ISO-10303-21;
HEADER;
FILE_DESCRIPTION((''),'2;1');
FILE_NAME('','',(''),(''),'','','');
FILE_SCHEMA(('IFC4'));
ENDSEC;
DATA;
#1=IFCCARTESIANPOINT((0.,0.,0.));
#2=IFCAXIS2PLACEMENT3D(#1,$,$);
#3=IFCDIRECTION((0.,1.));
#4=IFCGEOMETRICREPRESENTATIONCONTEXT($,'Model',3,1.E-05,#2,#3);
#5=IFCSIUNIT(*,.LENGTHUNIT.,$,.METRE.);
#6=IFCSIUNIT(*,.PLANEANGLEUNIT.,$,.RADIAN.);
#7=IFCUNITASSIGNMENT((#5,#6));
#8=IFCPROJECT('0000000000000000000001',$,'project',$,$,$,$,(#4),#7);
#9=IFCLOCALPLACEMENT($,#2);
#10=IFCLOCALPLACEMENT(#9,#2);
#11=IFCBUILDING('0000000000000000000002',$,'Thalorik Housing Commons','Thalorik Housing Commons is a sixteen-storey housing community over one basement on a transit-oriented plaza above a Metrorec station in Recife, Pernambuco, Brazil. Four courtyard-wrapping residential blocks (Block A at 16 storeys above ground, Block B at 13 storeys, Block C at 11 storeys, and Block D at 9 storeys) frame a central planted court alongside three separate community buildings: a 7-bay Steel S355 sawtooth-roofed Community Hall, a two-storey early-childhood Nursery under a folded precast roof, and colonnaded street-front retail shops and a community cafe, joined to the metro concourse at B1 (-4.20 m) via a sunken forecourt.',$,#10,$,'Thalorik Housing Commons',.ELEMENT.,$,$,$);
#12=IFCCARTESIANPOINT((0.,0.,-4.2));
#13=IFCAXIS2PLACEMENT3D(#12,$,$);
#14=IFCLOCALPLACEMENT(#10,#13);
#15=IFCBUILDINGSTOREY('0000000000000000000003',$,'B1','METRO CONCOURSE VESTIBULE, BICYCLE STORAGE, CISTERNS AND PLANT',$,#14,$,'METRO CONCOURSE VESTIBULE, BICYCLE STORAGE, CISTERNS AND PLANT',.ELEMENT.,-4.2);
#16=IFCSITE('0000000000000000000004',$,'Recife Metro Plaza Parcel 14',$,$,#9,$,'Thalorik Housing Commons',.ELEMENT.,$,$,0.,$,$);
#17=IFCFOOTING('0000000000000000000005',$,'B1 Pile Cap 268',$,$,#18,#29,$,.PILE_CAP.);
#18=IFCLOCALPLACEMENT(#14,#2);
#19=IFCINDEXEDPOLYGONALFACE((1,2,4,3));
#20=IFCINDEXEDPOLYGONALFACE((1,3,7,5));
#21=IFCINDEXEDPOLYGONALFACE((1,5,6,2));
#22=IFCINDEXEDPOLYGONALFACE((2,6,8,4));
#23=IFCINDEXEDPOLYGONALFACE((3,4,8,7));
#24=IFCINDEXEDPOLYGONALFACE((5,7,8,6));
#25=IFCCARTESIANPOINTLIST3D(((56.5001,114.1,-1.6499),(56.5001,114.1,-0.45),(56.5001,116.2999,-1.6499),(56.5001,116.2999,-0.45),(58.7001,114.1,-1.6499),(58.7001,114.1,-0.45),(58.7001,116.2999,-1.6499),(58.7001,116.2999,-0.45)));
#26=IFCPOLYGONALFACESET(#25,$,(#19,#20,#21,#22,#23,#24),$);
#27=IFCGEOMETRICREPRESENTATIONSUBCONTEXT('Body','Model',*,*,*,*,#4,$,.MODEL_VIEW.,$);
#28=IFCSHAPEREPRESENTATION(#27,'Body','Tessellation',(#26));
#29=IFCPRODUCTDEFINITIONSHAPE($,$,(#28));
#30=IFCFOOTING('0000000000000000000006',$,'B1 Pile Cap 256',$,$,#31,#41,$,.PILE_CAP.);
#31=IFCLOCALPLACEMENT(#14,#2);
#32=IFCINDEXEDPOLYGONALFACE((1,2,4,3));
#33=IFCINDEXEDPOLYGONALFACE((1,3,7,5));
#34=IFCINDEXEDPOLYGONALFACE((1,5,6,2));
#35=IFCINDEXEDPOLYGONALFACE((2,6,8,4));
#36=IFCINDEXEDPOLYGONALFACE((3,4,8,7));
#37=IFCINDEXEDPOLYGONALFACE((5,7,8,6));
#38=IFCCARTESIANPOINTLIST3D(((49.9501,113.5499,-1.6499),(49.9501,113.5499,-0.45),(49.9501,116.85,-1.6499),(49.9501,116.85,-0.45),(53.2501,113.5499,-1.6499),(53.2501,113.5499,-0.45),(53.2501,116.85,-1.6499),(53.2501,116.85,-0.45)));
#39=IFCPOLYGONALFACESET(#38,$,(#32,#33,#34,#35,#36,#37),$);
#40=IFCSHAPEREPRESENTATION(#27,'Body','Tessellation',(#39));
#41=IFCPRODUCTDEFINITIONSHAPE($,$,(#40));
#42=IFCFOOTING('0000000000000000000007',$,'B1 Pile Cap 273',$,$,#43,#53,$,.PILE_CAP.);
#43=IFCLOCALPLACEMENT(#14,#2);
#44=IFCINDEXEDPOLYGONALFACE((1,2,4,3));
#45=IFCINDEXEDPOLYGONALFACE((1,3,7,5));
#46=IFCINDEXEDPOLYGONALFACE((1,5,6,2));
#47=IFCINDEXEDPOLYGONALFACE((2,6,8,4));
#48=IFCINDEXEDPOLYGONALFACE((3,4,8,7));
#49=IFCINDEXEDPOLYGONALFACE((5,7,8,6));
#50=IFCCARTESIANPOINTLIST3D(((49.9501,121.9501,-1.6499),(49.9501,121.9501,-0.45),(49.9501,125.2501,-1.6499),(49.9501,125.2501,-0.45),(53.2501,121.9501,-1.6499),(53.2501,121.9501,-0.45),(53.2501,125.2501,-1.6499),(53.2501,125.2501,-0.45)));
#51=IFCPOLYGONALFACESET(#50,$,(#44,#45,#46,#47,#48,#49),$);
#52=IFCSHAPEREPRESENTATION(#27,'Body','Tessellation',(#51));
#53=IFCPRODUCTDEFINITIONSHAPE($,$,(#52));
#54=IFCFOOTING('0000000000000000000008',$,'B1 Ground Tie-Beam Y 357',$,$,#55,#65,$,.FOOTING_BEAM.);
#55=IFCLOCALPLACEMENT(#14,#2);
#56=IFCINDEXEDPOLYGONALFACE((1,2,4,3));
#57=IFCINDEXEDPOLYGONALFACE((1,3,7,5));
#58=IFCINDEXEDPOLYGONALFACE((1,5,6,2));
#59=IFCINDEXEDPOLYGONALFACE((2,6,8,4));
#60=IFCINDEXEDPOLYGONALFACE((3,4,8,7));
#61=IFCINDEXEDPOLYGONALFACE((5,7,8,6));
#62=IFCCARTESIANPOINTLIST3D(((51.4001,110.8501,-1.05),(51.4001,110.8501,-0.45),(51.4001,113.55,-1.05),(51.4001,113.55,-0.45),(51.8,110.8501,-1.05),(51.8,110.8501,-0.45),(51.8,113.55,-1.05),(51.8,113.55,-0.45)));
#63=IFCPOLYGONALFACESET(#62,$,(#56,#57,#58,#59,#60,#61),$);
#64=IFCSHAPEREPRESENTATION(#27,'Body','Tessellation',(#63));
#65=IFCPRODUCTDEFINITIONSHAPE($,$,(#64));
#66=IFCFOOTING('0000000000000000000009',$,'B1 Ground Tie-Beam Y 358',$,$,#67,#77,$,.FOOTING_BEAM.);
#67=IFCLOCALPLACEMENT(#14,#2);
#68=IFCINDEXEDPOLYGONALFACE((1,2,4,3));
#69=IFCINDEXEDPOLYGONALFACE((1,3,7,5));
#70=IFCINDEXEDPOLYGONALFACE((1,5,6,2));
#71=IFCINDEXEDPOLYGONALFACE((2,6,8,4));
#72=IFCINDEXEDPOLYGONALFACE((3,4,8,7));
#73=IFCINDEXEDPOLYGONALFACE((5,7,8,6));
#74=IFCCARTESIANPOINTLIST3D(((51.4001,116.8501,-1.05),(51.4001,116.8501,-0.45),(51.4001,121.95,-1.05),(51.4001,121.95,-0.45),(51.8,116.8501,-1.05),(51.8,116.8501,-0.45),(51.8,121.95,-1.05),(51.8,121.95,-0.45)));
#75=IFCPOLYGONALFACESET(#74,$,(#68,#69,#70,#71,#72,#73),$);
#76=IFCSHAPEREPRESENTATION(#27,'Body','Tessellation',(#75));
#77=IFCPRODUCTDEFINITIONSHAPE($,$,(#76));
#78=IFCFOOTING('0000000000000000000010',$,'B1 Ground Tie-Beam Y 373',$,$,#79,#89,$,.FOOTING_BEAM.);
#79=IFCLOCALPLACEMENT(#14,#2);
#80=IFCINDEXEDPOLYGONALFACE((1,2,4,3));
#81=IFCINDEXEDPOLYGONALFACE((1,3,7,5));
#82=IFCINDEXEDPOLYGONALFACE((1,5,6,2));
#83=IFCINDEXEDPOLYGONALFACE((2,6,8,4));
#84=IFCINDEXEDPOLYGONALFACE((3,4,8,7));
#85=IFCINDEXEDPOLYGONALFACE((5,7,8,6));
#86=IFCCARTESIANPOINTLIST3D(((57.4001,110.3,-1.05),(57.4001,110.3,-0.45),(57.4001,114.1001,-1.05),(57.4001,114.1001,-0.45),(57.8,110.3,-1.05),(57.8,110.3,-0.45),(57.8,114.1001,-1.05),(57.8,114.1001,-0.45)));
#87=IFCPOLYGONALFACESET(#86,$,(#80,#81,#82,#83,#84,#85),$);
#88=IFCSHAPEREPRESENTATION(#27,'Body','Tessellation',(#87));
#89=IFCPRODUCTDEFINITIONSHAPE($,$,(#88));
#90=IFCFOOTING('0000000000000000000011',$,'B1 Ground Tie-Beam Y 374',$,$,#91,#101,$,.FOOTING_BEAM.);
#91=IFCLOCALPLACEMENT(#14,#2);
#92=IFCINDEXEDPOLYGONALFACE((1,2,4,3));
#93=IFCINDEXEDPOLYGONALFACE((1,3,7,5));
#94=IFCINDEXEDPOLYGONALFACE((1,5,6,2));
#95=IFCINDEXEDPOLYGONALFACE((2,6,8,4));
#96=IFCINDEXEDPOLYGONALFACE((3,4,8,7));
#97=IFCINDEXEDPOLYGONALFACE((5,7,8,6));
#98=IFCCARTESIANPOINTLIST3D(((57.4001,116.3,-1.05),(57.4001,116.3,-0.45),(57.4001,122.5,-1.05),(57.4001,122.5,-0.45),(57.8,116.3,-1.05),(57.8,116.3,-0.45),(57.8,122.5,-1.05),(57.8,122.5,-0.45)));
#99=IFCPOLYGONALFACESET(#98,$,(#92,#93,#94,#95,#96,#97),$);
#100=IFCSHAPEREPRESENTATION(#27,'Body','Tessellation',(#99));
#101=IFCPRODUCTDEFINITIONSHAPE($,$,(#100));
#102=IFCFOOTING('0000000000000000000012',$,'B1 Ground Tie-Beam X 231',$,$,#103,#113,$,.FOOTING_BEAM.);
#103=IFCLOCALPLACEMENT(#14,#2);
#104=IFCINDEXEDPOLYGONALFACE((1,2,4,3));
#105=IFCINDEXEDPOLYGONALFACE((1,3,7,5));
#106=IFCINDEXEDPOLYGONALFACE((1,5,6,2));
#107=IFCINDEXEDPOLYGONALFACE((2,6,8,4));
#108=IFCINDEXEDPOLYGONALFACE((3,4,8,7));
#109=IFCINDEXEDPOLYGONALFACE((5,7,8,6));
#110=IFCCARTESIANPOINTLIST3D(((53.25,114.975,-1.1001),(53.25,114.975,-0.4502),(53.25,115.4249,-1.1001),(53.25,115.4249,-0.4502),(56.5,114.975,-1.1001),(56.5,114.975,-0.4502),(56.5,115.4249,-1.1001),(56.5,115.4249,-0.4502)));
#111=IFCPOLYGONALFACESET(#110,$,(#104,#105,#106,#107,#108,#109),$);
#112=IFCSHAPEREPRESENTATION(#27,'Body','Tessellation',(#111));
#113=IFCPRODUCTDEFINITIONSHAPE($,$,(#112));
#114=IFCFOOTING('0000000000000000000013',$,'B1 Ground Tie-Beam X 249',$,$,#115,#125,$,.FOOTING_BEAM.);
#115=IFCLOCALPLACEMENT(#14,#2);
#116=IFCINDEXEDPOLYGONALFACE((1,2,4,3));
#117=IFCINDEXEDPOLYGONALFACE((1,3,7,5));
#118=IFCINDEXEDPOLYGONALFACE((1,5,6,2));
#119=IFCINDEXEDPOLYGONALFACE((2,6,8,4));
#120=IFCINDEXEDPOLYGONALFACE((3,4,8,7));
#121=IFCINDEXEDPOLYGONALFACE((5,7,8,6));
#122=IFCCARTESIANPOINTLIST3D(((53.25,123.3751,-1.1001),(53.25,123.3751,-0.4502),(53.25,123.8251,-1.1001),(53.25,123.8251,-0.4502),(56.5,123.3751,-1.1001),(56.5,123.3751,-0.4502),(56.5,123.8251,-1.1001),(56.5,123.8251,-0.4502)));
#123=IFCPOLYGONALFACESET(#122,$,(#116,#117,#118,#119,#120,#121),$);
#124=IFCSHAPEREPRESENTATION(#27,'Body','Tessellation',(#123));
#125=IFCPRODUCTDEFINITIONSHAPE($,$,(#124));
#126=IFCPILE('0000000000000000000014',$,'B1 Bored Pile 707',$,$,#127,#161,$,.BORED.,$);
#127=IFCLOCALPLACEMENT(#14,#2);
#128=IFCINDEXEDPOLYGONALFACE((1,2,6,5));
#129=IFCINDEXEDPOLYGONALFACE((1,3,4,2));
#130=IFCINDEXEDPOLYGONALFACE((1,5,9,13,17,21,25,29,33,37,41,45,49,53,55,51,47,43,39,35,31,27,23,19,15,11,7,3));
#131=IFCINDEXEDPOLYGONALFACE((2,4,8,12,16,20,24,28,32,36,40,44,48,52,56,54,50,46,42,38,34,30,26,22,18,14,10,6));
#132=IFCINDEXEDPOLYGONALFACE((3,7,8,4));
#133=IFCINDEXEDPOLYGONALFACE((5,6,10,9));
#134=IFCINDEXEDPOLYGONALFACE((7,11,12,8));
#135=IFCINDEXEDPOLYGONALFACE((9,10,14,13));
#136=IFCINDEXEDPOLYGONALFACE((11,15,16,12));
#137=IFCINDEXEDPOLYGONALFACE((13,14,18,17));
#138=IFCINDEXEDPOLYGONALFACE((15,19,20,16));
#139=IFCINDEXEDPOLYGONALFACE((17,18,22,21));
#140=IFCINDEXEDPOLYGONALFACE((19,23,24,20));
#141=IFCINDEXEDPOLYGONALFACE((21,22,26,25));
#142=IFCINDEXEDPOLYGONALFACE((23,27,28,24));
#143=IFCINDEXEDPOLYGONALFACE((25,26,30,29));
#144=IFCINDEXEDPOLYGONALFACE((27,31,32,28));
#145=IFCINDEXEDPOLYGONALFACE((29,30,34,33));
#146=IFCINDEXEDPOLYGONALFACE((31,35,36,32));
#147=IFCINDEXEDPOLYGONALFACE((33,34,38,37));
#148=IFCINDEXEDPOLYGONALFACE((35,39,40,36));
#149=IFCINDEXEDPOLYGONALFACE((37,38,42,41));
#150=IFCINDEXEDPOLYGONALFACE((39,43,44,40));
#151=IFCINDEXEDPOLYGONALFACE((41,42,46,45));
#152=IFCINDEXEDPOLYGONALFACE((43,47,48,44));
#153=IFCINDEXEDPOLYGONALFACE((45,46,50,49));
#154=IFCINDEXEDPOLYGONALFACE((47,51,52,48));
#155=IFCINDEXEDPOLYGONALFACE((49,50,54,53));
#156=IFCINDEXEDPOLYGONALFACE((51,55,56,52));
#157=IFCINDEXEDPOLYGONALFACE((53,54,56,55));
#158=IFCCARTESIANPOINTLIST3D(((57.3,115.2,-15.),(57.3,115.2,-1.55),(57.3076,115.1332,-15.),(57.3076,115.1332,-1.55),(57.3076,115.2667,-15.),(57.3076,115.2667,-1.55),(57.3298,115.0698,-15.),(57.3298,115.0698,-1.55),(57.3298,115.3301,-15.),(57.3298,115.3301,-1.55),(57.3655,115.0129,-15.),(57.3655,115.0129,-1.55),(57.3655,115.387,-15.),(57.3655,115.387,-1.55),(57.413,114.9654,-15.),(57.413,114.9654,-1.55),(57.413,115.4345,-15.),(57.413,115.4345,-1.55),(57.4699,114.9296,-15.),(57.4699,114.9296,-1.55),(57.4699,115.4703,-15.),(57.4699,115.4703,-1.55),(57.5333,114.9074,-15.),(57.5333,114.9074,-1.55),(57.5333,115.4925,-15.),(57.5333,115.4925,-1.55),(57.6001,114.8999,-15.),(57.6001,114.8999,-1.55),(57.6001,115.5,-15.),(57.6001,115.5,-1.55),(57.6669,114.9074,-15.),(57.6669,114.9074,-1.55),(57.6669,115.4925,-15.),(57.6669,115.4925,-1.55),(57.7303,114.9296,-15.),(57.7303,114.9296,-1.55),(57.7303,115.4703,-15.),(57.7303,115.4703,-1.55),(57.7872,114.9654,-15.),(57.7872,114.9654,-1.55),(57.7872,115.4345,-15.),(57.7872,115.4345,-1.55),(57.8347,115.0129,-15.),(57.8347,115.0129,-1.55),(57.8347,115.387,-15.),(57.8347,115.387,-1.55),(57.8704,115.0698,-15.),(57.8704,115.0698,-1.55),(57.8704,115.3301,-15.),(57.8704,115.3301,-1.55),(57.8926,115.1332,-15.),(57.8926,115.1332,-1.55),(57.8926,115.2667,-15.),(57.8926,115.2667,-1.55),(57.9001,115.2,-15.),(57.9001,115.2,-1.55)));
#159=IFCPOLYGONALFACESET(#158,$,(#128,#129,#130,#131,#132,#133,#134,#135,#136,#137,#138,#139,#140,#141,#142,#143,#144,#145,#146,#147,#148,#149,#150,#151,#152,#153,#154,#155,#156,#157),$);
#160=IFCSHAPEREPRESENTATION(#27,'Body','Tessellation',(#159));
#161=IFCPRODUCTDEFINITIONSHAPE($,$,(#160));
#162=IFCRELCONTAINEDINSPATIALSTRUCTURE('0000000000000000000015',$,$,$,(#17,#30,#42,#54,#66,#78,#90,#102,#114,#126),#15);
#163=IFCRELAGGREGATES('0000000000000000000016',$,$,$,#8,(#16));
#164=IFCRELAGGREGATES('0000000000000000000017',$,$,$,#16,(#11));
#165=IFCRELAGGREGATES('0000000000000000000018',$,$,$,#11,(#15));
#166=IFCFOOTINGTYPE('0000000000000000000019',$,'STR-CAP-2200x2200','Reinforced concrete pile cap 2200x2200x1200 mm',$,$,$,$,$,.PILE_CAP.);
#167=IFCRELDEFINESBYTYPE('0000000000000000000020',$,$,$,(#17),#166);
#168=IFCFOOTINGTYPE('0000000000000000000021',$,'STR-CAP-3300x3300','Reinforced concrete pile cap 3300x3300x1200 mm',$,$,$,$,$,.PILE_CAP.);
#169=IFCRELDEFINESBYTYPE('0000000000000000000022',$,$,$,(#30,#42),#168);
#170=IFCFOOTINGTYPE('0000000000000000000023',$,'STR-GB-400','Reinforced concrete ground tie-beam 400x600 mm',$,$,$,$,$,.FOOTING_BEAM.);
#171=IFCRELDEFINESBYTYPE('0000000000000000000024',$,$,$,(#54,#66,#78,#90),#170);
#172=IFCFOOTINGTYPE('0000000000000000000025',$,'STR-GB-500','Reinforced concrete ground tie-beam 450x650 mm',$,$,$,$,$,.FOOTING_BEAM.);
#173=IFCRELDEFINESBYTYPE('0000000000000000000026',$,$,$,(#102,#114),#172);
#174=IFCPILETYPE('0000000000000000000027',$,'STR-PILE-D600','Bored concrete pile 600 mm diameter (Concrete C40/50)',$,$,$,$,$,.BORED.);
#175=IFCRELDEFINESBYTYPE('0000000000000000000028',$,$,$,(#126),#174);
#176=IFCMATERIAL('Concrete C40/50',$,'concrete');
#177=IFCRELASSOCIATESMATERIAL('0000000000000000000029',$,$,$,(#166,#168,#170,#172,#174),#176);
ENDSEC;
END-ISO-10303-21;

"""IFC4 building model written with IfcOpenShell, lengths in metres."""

from ifc_helpers import new_model, si_unit, direction, frame, origin, origin_2d, place, context, subcontext, project, spatial, rectangle, circle, extrude, material, material_profile, profile_set, type_object, element, save


model = new_model("IFC4")

# Units and contexts
model_context = context("Model", 3, precision=1e-05, world=origin(), true_north=direction((0.0, 1.0)))
body_context = subcontext(model_context, "Body", "Model", "MODEL_VIEW")
ifc_project = project(units=[si_unit("LENGTHUNIT", "METRE"), si_unit("PLANEANGLEUNIT", "RADIAN")], contexts=[model_context])

# Site, building, storey
site_placement = place(None, origin())
site = spatial("IfcSite", under=ifc_project, at=site_placement, Name="Recife Metro Plaza Parcel 14", LongName="Thalorik Housing Commons", CompositionType="ELEMENT", RefElevation=0.0)
building_placement = place(site_placement, origin())
building = spatial("IfcBuilding", under=site, at=building_placement, Name="Thalorik Housing Commons", Description="Thalorik Housing Commons is a sixteen-storey housing community over one basement on a transit-oriented plaza above a Metrorec station in Recife, Pernambuco, Brazil. Four courtyard-wrapping residential blocks (Block A at 16 storeys above ground, Block B at 13 storeys, Block C at 11 storeys, and Block D at 9 storeys) frame a central planted court alongside three separate community buildings: a 7-bay Steel S355 sawtooth-roofed Community Hall, a two-storey early-childhood Nursery under a folded precast roof, and colonnaded street-front retail shops and a community cafe, joined to the metro concourse at B1 (-4.20 m) via a sunken forecourt.", LongName="Thalorik Housing Commons", CompositionType="ELEMENT")
storey_placement = place(building_placement, frame((0.0, 0.0, -4.2)))
storey = spatial("IfcBuildingStorey", under=building, at=storey_placement, Name="B1", Description="METRO CONCOURSE VESTIBULE, BICYCLE STORAGE, CISTERNS AND PLANT", LongName="METRO CONCOURSE VESTIBULE, BICYCLE STORAGE, CISTERNS AND PLANT", CompositionType="ELEMENT", Elevation=-4.2)

# Footings
ifc_material_1 = material(Name="Concrete C40/50", Category="concrete")
footing_type_1 = type_object("IfcFootingType", Name="STR-CAP-2200x2200", Description="Reinforced concrete pile cap 2200x2200x1200 mm", PredefinedType="PILE_CAP", material=ifc_material_1)
footing_1_placement = place(storey_placement, frame((57.6001, 115.2, -1.6499), z_axis=(0.0, 0.0, 1.0), x_axis=(1.0, 0.0, 0.0)))
element("IfcFooting", 1, at=footing_1_placement, inside=storey, type_object=footing_type_1, Name="B1 Pile Cap 268", PredefinedType="PILE_CAP", context=body_context, shape_type="SweptSolid", body=[
    extrude(rectangle(XDim=2.2, YDim=2.2, at=origin_2d()), origin(), (0.0, 0.0, 1.0), 1.2),
])
footing_type_2 = type_object("IfcFootingType", Name="STR-CAP-3300x3300", Description="Reinforced concrete pile cap 3300x3300x1200 mm", PredefinedType="PILE_CAP", material=ifc_material_1)
for number, where, z_axis, x_axis, name in (
    (2, (51.6001, 115.2, -1.6499), (0.0, 0.0, 1.0), (1.0, 0.0, 0.0), "B1 Pile Cap 256"),
    (3, (51.6001, 123.6001, -1.6499), (0.0, 0.0, 1.0), (1.0, 0.0, 0.0), "B1 Pile Cap 273"),
):
    element("IfcFooting", number, at=place(storey_placement, frame(where, z_axis=z_axis, x_axis=x_axis)), inside=storey, type_object=footing_type_2, Name=name, PredefinedType="PILE_CAP", context=body_context, shape_type="SweptSolid", body=[
        extrude(rectangle(XDim=3.3, YDim=3.3, at=origin_2d()), origin(), (0.0, 0.0, 1.0), 1.2),
    ])
ifc_material_profile_1 = material_profile(ifc_material_1, rectangle(XDim=0.3999, YDim=0.6001, at=origin_2d()), Name="RC 400x600", Category="concrete")
ifc_profile_set_1 = profile_set([ifc_material_profile_1], Name="Concrete C40/50")
footing_type_3 = type_object("IfcFootingType", Name="STR-GB-400", Description="Reinforced concrete ground tie-beam 400x600 mm", PredefinedType="FOOTING_BEAM", material=ifc_profile_set_1)
footing_2_placement = place(storey_placement, frame((51.6001, 110.8501, -0.75), z_axis=(0.0, 1.0, 0.0), x_axis=(-1.0, 0.0, 0.0)))
element("IfcFooting", 4, at=footing_2_placement, inside=storey, type_object=footing_type_3, Name="B1 Ground Tie-Beam Y 357", PredefinedType="FOOTING_BEAM", context=body_context, shape_type="SweptSolid", body=[
    extrude(rectangle(XDim=0.3999, YDim=0.6001, at=origin_2d()), origin(), (0.0, 0.0, 1.0), 2.7),
])
footing_3_placement = place(storey_placement, frame((51.6001, 116.8501, -0.75), z_axis=(0.0, 1.0, 0.0), x_axis=(-1.0, 0.0, 0.0)))
element("IfcFooting", 5, at=footing_3_placement, inside=storey, type_object=footing_type_3, Name="B1 Ground Tie-Beam Y 358", PredefinedType="FOOTING_BEAM", context=body_context, shape_type="SweptSolid", body=[
    extrude(rectangle(XDim=0.3999, YDim=0.6001, at=origin_2d()), origin(), (0.0, 0.0, 1.0), 5.0999),
])
footing_4_placement = place(storey_placement, frame((57.6001, 110.3, -0.75), z_axis=(0.0, 1.0, 0.0), x_axis=(-1.0, 0.0, 0.0)))
element("IfcFooting", 6, at=footing_4_placement, inside=storey, type_object=footing_type_3, Name="B1 Ground Tie-Beam Y 373", PredefinedType="FOOTING_BEAM", context=body_context, shape_type="SweptSolid", body=[
    extrude(rectangle(XDim=0.3999, YDim=0.6001, at=origin_2d()), origin(), (0.0, 0.0, 1.0), 3.8),
])
footing_5_placement = place(storey_placement, frame((57.6001, 116.3, -0.75), z_axis=(0.0, 1.0, 0.0), x_axis=(-1.0, 0.0, 0.0)))
element("IfcFooting", 7, at=footing_5_placement, inside=storey, type_object=footing_type_3, Name="B1 Ground Tie-Beam Y 374", PredefinedType="FOOTING_BEAM", context=body_context, shape_type="SweptSolid", body=[
    extrude(rectangle(XDim=0.3999, YDim=0.6001, at=origin_2d()), origin(), (0.0, 0.0, 1.0), 6.2),
])
ifc_material_profile_2 = material_profile(ifc_material_1, rectangle(XDim=0.45, YDim=0.6499, at=origin_2d()), Name="RC 450x650", Category="concrete")
ifc_profile_set_2 = profile_set([ifc_material_profile_2], Name="Concrete C40/50")
footing_type_4 = type_object("IfcFootingType", Name="STR-GB-500", Description="Reinforced concrete ground tie-beam 450x650 mm", PredefinedType="FOOTING_BEAM", material=ifc_profile_set_2)
for number, where, z_axis, x_axis, name in (
    (8, (53.25, 115.2, -0.7751), (1.0, 0.0, 0.0), (0.0, 1.0, 0.0), "B1 Ground Tie-Beam X 231"),
    (9, (53.25, 123.6001, -0.7751), (1.0, 0.0, 0.0), (0.0, 1.0, 0.0), "B1 Ground Tie-Beam X 249"),
):
    element("IfcFooting", number, at=place(storey_placement, frame(where, z_axis=z_axis, x_axis=x_axis)), inside=storey, type_object=footing_type_4, Name=name, PredefinedType="FOOTING_BEAM", context=body_context, shape_type="SweptSolid", body=[
        extrude(rectangle(XDim=0.45, YDim=0.6499, at=origin_2d()), origin(), (0.0, 0.0, 1.0), 3.25),
    ])

# Pile
ifc_material_profile_3 = material_profile(ifc_material_1, circle(Radius=0.3, at=origin_2d()), Name="BORED PILE D600", Category="concrete")
ifc_profile_set_3 = profile_set([ifc_material_profile_3], Name="Concrete C40/50")
pile_type_1 = type_object("IfcPileType", Name="STR-PILE-D600", Description="Bored concrete pile 600 mm diameter (Concrete C40/50)", PredefinedType="BORED", material=ifc_profile_set_3)
pile_placement = place(storey_placement, frame((57.6001, 115.2, -1.55), z_axis=(0.0, 0.0, -1.0), x_axis=(1.0, 0.0, 0.0)))
element("IfcPile", 10, at=pile_placement, inside=storey, type_object=pile_type_1, Name="B1 Bored Pile 707", PredefinedType="BORED", context=body_context, shape_type="SweptSolid", body=[
    extrude(circle(Radius=0.3, at=origin_2d()), origin(), (0.0, 0.0, 1.0), 13.45),
])

save(model, "model.ifc")
